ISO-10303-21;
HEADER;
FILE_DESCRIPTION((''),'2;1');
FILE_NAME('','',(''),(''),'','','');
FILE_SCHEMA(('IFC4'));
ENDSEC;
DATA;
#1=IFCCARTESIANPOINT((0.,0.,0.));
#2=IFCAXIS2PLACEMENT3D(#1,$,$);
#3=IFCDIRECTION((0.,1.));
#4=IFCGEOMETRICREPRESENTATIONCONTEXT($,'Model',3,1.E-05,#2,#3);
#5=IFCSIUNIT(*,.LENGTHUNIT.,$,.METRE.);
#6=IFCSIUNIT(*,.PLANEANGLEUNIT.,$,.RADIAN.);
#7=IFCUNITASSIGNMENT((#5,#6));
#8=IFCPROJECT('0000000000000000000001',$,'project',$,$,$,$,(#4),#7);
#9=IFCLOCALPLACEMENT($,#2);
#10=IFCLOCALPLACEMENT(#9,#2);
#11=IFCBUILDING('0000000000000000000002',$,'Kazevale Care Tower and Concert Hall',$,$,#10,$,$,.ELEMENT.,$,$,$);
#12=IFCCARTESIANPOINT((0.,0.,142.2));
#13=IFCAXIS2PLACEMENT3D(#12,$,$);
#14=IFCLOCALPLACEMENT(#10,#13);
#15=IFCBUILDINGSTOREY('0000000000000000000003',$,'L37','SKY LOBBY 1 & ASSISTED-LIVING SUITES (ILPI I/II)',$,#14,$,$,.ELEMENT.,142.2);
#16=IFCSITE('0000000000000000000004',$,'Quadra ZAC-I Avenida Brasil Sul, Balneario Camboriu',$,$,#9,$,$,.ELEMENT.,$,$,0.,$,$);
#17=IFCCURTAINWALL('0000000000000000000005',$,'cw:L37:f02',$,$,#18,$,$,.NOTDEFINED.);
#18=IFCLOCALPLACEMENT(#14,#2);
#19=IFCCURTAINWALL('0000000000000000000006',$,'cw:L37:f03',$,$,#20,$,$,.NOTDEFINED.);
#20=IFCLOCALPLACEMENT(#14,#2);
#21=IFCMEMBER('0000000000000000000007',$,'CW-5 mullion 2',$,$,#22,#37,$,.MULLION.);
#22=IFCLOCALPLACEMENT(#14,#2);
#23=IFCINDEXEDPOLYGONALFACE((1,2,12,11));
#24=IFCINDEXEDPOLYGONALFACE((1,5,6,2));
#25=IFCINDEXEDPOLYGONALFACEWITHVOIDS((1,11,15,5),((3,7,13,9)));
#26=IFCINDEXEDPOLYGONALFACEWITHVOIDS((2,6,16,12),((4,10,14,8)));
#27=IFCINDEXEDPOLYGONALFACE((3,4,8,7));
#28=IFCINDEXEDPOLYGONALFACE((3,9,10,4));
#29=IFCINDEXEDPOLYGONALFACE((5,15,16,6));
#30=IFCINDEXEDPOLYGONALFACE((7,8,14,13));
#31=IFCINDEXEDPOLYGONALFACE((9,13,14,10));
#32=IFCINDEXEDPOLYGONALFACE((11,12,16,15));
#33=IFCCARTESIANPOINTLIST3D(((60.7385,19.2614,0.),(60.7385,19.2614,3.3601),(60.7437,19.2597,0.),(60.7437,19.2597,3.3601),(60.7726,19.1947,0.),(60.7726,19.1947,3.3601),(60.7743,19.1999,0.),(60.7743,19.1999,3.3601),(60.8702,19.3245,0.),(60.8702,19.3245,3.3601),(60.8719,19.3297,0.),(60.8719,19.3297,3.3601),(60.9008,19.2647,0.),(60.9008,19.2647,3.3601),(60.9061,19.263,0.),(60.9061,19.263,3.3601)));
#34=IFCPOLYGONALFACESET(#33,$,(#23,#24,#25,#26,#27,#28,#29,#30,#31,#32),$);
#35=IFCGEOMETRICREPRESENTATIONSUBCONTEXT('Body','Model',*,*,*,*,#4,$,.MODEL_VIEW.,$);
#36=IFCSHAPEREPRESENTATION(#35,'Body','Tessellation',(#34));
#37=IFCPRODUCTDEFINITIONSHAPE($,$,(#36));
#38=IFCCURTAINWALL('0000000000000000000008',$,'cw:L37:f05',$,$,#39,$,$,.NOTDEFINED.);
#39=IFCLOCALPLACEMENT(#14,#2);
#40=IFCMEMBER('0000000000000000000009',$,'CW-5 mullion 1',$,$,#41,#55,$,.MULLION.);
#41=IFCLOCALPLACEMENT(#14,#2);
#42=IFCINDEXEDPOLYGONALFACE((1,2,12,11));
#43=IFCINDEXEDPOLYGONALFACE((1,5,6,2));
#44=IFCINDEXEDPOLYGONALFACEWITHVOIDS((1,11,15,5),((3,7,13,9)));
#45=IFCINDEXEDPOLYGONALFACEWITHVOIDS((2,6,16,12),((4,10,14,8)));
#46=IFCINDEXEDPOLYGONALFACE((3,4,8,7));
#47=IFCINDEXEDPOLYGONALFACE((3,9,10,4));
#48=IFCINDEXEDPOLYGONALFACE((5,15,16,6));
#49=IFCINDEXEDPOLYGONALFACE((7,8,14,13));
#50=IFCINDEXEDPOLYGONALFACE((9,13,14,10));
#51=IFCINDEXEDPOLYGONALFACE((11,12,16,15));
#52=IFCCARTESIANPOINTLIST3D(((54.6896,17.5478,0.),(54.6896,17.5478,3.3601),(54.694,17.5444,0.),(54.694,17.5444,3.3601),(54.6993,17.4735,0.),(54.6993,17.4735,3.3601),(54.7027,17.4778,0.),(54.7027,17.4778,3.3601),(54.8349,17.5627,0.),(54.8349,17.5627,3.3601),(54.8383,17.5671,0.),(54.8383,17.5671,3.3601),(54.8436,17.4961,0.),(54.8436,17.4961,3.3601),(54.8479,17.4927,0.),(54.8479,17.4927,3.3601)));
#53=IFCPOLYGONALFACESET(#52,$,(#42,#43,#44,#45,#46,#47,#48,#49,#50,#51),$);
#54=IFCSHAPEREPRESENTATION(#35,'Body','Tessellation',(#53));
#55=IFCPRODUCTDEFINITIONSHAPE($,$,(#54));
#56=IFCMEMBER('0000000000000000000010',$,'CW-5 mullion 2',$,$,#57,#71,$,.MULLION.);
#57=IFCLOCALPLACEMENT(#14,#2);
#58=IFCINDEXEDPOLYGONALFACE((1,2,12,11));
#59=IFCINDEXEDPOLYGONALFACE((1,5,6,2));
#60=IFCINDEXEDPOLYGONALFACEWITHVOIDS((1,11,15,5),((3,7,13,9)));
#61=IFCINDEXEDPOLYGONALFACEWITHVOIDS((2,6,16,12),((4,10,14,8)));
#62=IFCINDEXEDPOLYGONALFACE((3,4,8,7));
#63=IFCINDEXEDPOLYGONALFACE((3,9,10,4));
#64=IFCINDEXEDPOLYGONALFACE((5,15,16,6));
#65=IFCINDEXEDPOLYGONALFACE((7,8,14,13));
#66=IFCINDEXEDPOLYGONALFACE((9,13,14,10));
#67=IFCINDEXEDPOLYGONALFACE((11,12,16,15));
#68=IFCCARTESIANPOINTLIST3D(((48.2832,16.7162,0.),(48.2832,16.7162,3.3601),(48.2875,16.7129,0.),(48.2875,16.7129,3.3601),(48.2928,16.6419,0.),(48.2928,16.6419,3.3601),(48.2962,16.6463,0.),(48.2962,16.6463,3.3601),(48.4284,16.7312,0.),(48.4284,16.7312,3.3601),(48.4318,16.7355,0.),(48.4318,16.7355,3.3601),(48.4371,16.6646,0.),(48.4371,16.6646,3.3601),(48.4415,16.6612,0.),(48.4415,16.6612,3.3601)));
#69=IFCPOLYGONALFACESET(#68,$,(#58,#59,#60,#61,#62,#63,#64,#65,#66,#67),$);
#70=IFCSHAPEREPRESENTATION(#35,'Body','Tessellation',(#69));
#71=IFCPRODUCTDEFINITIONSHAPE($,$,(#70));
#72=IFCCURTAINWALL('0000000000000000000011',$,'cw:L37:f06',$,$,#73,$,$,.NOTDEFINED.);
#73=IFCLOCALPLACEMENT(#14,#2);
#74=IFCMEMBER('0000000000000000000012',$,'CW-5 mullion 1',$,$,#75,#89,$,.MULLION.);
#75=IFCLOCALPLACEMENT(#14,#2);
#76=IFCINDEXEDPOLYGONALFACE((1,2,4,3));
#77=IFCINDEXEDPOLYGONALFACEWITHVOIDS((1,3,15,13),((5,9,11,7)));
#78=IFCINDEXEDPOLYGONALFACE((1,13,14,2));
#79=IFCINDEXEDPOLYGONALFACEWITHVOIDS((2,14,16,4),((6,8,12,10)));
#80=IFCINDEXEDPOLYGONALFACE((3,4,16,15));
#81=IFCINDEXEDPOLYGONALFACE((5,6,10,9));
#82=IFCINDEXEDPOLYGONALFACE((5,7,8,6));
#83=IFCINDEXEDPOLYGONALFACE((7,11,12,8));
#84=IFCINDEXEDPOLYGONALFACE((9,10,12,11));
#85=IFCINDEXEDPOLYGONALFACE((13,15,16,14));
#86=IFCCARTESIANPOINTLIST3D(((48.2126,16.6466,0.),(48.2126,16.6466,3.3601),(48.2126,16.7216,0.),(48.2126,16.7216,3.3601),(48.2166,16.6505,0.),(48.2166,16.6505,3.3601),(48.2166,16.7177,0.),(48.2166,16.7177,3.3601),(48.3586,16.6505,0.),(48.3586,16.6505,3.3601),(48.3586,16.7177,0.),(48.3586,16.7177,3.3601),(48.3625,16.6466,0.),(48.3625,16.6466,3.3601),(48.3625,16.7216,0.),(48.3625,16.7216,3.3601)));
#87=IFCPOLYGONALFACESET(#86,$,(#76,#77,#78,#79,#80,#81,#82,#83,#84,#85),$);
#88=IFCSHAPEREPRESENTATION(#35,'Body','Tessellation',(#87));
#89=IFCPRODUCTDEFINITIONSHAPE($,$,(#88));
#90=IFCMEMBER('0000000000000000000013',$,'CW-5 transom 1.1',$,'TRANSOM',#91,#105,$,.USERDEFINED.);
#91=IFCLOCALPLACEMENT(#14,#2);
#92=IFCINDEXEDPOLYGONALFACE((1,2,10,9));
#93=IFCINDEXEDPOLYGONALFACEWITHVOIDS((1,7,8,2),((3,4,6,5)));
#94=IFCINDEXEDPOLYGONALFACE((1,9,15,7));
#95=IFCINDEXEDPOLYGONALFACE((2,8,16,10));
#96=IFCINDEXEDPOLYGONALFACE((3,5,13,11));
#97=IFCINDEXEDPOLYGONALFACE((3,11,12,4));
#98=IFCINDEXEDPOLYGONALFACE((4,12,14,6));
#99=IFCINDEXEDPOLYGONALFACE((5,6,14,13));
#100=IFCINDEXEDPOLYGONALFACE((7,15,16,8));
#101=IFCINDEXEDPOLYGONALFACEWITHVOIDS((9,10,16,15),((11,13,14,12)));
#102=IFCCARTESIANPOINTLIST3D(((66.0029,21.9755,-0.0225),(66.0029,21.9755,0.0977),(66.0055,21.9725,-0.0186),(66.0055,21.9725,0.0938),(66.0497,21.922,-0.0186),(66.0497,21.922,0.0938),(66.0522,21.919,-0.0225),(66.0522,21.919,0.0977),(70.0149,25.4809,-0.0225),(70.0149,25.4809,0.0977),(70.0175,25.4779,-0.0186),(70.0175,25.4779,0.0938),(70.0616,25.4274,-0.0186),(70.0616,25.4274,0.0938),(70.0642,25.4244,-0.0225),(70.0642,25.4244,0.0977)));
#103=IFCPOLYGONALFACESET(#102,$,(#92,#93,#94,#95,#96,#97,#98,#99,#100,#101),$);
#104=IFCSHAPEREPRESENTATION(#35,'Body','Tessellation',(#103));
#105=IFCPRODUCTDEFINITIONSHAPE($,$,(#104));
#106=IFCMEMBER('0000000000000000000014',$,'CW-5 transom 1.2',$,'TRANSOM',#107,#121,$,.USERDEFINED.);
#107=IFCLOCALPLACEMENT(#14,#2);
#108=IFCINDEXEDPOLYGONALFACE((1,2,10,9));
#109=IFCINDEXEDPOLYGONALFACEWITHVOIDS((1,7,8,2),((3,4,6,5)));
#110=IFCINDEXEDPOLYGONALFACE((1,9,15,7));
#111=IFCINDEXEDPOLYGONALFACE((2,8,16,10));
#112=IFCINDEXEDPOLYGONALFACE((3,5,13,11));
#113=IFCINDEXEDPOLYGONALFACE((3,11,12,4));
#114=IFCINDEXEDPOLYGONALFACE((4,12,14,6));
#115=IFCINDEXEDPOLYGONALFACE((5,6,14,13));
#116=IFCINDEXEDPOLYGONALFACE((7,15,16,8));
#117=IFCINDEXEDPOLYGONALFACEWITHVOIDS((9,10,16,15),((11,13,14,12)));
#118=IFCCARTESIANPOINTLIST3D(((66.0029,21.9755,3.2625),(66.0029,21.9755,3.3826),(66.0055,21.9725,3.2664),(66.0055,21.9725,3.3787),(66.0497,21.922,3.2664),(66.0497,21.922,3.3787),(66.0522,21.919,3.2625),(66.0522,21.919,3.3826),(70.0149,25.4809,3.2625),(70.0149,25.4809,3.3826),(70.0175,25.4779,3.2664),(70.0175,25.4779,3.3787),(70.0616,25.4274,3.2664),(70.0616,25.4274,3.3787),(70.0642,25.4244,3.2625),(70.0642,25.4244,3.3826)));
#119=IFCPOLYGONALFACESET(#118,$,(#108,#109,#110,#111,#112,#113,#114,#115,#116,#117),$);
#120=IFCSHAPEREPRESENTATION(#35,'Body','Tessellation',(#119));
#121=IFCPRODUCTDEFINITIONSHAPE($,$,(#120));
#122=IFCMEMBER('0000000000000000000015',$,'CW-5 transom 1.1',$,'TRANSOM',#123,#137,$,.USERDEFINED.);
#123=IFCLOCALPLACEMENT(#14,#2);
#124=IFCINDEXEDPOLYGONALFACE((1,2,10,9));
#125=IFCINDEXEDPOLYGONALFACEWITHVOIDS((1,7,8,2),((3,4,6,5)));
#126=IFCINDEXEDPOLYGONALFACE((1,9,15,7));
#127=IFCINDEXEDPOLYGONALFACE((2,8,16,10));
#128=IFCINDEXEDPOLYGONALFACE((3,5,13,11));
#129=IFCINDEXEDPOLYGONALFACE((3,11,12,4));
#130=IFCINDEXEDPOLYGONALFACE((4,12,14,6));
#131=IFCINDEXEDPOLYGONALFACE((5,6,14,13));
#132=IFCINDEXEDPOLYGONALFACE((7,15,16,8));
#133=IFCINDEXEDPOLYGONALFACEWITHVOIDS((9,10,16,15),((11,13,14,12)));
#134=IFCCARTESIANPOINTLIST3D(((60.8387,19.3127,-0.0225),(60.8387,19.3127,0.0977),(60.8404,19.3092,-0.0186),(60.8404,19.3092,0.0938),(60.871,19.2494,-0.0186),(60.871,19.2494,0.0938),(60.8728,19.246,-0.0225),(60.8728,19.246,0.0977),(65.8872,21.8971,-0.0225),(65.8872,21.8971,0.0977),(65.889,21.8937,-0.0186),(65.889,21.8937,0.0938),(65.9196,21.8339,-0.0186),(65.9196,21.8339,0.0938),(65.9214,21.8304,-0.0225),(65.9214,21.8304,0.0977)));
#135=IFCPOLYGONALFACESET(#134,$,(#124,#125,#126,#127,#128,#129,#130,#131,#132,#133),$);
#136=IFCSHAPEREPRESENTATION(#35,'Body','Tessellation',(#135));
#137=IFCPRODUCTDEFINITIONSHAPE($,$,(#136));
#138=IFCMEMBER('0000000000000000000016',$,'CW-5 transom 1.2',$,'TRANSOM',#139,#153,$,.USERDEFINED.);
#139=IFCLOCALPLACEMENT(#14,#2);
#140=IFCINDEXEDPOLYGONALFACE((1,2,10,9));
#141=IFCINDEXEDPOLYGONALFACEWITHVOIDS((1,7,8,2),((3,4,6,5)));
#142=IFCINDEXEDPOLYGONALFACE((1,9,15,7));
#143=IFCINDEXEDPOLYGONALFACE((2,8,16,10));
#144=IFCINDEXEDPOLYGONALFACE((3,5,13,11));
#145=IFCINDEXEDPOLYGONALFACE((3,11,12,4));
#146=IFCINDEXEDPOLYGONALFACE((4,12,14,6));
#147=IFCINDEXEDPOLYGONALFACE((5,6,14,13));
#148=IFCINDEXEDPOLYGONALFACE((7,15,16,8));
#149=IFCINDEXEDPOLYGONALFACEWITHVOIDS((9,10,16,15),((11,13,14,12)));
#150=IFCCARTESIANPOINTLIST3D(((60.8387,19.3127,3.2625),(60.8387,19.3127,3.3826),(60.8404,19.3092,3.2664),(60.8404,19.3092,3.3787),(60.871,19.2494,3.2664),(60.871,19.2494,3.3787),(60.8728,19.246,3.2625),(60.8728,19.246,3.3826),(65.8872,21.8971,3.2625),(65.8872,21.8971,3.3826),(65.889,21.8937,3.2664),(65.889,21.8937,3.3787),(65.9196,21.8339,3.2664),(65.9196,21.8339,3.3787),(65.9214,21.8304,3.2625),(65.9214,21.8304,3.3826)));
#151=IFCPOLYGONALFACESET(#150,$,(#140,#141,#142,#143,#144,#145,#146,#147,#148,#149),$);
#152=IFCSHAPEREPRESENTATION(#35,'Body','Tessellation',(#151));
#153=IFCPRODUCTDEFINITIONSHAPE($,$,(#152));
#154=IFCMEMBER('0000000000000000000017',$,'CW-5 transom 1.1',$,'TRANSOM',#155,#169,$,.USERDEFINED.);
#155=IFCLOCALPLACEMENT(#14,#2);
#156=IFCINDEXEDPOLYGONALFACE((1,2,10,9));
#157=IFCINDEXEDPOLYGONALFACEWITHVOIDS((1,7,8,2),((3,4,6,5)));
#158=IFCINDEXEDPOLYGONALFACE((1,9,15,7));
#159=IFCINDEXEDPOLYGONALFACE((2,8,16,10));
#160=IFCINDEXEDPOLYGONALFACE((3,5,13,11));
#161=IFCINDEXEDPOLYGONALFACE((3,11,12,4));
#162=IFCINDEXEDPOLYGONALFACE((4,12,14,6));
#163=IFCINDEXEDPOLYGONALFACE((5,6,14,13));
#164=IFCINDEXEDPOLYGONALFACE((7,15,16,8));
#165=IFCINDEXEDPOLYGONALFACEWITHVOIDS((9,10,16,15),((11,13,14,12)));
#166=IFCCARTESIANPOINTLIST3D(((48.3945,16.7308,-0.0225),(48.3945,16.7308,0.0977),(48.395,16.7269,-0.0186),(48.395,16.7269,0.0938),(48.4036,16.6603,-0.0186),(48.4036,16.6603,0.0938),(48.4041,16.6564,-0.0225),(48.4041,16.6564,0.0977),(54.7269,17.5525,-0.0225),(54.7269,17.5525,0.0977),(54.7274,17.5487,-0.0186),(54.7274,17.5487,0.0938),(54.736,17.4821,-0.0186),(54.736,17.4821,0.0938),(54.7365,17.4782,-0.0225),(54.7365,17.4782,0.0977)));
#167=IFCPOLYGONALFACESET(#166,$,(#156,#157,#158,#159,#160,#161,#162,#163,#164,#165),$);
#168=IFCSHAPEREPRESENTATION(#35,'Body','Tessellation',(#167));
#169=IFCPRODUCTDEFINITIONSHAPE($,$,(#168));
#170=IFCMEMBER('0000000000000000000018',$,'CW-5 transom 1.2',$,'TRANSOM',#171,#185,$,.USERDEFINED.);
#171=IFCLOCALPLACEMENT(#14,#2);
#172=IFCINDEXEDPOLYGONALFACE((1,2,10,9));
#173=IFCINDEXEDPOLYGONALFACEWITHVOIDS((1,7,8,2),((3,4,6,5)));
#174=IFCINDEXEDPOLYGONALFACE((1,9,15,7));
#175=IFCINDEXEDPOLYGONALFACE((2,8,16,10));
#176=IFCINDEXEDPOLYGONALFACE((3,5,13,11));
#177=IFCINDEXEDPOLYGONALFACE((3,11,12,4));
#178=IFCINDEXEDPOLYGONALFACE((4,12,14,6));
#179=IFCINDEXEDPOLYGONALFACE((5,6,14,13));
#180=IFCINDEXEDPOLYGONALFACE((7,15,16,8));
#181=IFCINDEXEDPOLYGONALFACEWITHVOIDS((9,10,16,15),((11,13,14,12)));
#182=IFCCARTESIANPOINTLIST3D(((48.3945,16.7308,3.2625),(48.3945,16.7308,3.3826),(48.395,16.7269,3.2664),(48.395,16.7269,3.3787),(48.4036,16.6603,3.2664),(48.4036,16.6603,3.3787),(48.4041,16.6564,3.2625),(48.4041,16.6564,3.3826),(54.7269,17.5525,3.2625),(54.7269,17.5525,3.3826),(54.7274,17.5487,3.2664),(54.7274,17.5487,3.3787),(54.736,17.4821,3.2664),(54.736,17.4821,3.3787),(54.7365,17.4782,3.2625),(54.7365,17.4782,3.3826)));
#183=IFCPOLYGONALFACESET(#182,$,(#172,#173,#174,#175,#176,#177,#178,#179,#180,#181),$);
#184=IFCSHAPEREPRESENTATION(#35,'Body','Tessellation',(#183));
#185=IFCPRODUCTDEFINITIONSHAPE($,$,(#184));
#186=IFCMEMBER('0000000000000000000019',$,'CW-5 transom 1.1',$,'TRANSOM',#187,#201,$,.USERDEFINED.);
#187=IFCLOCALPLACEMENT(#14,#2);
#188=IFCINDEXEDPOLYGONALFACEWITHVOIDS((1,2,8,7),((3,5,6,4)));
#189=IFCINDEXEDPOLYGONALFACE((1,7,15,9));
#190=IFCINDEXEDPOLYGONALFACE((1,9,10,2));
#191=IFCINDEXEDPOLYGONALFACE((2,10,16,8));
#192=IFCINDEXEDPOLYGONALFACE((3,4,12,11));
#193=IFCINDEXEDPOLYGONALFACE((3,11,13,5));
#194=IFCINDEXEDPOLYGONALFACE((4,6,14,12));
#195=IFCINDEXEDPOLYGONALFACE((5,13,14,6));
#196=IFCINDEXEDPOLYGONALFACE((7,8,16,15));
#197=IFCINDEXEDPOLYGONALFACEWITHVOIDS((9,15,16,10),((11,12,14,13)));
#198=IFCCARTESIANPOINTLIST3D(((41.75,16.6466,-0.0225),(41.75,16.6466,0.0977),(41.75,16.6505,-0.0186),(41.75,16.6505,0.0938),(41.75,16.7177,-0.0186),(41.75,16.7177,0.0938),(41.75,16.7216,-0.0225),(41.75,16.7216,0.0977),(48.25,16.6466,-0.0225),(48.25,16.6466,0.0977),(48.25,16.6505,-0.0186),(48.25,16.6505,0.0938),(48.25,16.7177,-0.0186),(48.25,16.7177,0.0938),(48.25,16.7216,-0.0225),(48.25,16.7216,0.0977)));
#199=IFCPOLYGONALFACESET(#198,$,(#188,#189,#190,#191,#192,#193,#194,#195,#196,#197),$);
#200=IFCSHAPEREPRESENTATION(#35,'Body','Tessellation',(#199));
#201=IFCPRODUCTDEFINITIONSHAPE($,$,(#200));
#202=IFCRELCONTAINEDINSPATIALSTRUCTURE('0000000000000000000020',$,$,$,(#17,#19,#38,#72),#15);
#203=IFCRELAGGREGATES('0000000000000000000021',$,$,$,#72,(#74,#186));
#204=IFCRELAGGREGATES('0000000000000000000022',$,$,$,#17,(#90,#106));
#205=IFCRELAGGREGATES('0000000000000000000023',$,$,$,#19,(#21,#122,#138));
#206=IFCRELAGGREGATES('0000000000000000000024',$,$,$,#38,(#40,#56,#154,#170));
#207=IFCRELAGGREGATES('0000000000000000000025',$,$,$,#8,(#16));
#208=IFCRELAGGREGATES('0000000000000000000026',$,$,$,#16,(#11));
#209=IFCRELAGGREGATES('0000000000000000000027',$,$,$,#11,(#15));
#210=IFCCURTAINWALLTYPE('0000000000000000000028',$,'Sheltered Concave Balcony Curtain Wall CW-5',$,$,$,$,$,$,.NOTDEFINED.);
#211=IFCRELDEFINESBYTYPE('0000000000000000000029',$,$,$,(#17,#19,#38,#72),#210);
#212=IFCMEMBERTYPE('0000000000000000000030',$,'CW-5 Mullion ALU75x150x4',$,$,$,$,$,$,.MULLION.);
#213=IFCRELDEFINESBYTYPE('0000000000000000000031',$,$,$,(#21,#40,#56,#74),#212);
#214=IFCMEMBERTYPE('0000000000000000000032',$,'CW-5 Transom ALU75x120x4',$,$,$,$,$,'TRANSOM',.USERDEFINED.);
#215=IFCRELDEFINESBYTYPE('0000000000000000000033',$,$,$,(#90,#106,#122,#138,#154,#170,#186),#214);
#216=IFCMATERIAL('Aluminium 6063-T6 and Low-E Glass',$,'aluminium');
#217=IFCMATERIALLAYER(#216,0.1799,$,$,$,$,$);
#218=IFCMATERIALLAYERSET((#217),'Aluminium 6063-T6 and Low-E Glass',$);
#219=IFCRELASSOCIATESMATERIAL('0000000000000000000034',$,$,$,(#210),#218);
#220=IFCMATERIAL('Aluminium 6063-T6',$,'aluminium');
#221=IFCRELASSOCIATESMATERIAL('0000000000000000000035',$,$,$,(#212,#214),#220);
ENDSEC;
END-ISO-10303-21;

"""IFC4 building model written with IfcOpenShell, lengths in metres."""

from ifc_helpers import new_model, si_unit, direction, frame, origin, origin_2d, place, context, subcontext, project, spatial, hollow_rectangle, extrude, material, layer, layer_set, material_profile, profile_set, type_object, element, aggregate, save


model = new_model("IFC4")

# Units and contexts
model_context = context("Model", 3, precision=1e-05, world=origin(), true_north=direction((0.0, 1.0)))
body_context = subcontext(model_context, "Body", "Model", "MODEL_VIEW")
ifc_project = project(units=[si_unit("LENGTHUNIT", "METRE"), si_unit("PLANEANGLEUNIT", "RADIAN")], contexts=[model_context])

# Site, building, storey
site_placement = place(None, origin())
site = spatial("IfcSite", under=ifc_project, at=site_placement, Name="Quadra ZAC-I Avenida Brasil Sul, Balneario Camboriu", CompositionType="ELEMENT", RefElevation=0.0)
building_placement = place(site_placement, origin())
building = spatial("IfcBuilding", under=site, at=building_placement, Name="Kazevale Care Tower and Concert Hall", CompositionType="ELEMENT")
storey_placement = place(building_placement, frame((0.0, 0.0, 142.2)))
storey = spatial("IfcBuildingStorey", under=building, at=storey_placement, Name="L37", Description="SKY LOBBY 1 & ASSISTED-LIVING SUITES (ILPI I/II)", CompositionType="ELEMENT", Elevation=142.2)

# Curtain walls, members
ifc_material_1 = material(Name="Aluminium 6063-T6 and Low-E Glass", Category="aluminium")
ifc_layer_1 = layer(ifc_material_1, 0.1799)
ifc_layer_set_1 = layer_set([ifc_layer_1], Name="Aluminium 6063-T6 and Low-E Glass")
curtain_wall_type = type_object("IfcCurtainWallType", Name="Sheltered Concave Balcony Curtain Wall CW-5", PredefinedType="NOTDEFINED", material=ifc_layer_set_1)
curtain_wall_1_placement = place(storey_placement, origin())
curtain_wall_1 = element("IfcCurtainWall", 1, at=curtain_wall_1_placement, inside=storey, type_object=curtain_wall_type, Name="cw:L37:f02", PredefinedType="NOTDEFINED")
ifc_material_2 = material(Name="Aluminium 6063-T6", Category="aluminium")
ifc_material_profile_1 = material_profile(ifc_material_2, hollow_rectangle(XDim=0.075, YDim=0.1499, WallThickness=0.0039, at=origin_2d()), Name="ALU75x150x4")
ifc_profile_set_1 = profile_set([ifc_material_profile_1], Name="Aluminium 6063-T6")
member_type_1 = type_object("IfcMemberType", Name="CW-5 Mullion ALU75x150x4", PredefinedType="MULLION", material=ifc_profile_set_1)
curtain_wall_2_placement = place(storey_placement, origin())
curtain_wall_2 = element("IfcCurtainWall", 2, at=curtain_wall_2_placement, inside=storey, type_object=curtain_wall_type, Name="cw:L37:f03", PredefinedType="NOTDEFINED")
member_1_placement = place(storey_placement, frame((60.8223, 19.2622, 0.0), z_axis=(0.0, 0.0, 1.0), x_axis=(0.455713, -0.890127, 0.0)))
member_1 = element("IfcMember", 3, at=member_1_placement, type_object=member_type_1, Name="CW-5 mullion 2", PredefinedType="MULLION", context=body_context, shape_type="SweptSolid", body=[
    extrude(hollow_rectangle(XDim=0.075, YDim=0.1499, WallThickness=0.0039, at=origin_2d()), origin(), (0.0, 0.0, 1.0), 3.3601),
])
curtain_wall_3_placement = place(storey_placement, origin())
curtain_wall_3 = element("IfcCurtainWall", 4, at=curtain_wall_3_placement, inside=storey, type_object=curtain_wall_type, Name="cw:L37:f05", PredefinedType="NOTDEFINED")
member_2_placement = place(storey_placement, frame((54.7688, 17.5203, 0.0), z_axis=(0.0, 0.0, 1.0), x_axis=(0.128685, -0.991686, 0.0)))
member_2 = element("IfcMember", 5, at=member_2_placement, type_object=member_type_1, Name="CW-5 mullion 1", PredefinedType="MULLION", context=body_context, shape_type="SweptSolid", body=[
    extrude(hollow_rectangle(XDim=0.075, YDim=0.1499, WallThickness=0.0039, at=origin_2d()), origin(), (0.0, 0.0, 1.0), 3.3601),
])
member_3_placement = place(storey_placement, frame((48.3623, 16.6887, 0.0), z_axis=(0.0, 0.0, 1.0), x_axis=(0.128685, -0.991686, 0.0)))
member_3 = element("IfcMember", 6, at=member_3_placement, type_object=member_type_1, Name="CW-5 mullion 2", PredefinedType="MULLION", context=body_context, shape_type="SweptSolid", body=[
    extrude(hollow_rectangle(XDim=0.075, YDim=0.1499, WallThickness=0.0039, at=origin_2d()), origin(), (0.0, 0.0, 1.0), 3.3601),
])

# Curtain wall, member
curtain_wall_4_placement = place(storey_placement, origin())
curtain_wall_4 = element("IfcCurtainWall", 7, at=curtain_wall_4_placement, inside=storey, type_object=curtain_wall_type, Name="cw:L37:f06", PredefinedType="NOTDEFINED")
member_4_placement = place(storey_placement, frame((48.2876, 16.6841, 0.0), z_axis=(0.0, 0.0, 1.0), x_axis=(0.0, -1.0, 0.0)))
member_4 = element("IfcMember", 8, at=member_4_placement, type_object=member_type_1, Name="CW-5 mullion 1", PredefinedType="MULLION", context=body_context, shape_type="SweptSolid", body=[
    extrude(hollow_rectangle(XDim=0.075, YDim=0.1499, WallThickness=0.0039, at=origin_2d()), origin(), (0.0, 0.0, 1.0), 3.3601),
])

# Members
ifc_material_profile_2 = material_profile(ifc_material_2, hollow_rectangle(XDim=0.075, YDim=0.1201, WallThickness=0.0039, at=origin_2d()), Name="ALU75x120x4")
ifc_profile_set_2 = profile_set([ifc_material_profile_2], Name="Aluminium 6063-T6")
member_type_2 = type_object("IfcMemberType", Name="CW-5 Transom ALU75x120x4", ElementType="TRANSOM", PredefinedType="USERDEFINED", material=ifc_profile_set_2)
member_5_placement = place(storey_placement, frame((70.0396, 25.4526, 0.0376), z_axis=(-0.753051, -0.657963, 0.0), x_axis=(0.657963, -0.753051, 0.0)))
member_5 = element("IfcMember", 9, at=member_5_placement, type_object=member_type_2, Name="CW-5 transom 1.1", ObjectType="TRANSOM", PredefinedType="USERDEFINED", context=body_context, shape_type="SweptSolid", body=[
    extrude(hollow_rectangle(XDim=0.075, YDim=0.1201, WallThickness=0.0039, at=origin_2d()), origin(), (0.0, 0.0, 1.0), 5.3276),
])
member_6_placement = place(storey_placement, frame((70.0396, 25.4526, 3.3225), z_axis=(-0.753051, -0.657963, 0.0), x_axis=(0.657963, -0.753051, 0.0)))
member_6 = element("IfcMember", 10, at=member_6_placement, type_object=member_type_2, Name="CW-5 transom 1.2", ObjectType="TRANSOM", PredefinedType="USERDEFINED", context=body_context, shape_type="SweptSolid", body=[
    extrude(hollow_rectangle(XDim=0.075, YDim=0.1201, WallThickness=0.0039, at=origin_2d()), origin(), (0.0, 0.0, 1.0), 5.3276),
])
member_7_placement = place(storey_placement, frame((65.9043, 21.8638, 0.0376), z_axis=(-0.890143, -0.455682, 0.0), x_axis=(0.455682, -0.890143, 0.0)))
member_7 = element("IfcMember", 11, at=member_7_placement, type_object=member_type_2, Name="CW-5 transom 1.1", ObjectType="TRANSOM", PredefinedType="USERDEFINED", context=body_context, shape_type="SweptSolid", body=[
    extrude(hollow_rectangle(XDim=0.075, YDim=0.1201, WallThickness=0.0039, at=origin_2d()), origin(), (0.0, 0.0, 1.0), 5.6716),
])
member_8_placement = place(storey_placement, frame((65.9043, 21.8638, 3.3225), z_axis=(-0.890143, -0.455682, 0.0), x_axis=(0.455682, -0.890143, 0.0)))
member_8 = element("IfcMember", 12, at=member_8_placement, type_object=member_type_2, Name="CW-5 transom 1.2", ObjectType="TRANSOM", PredefinedType="USERDEFINED", context=body_context, shape_type="SweptSolid", body=[
    extrude(hollow_rectangle(XDim=0.075, YDim=0.1201, WallThickness=0.0039, at=origin_2d()), origin(), (0.0, 0.0, 1.0), 5.6716),
])
member_9_placement = place(storey_placement, frame((54.7317, 17.5154, 0.0376), z_axis=(-0.991684, -0.128697, 0.0), x_axis=(0.128697, -0.991684, 0.0)))
member_9 = element("IfcMember", 13, at=member_9_placement, type_object=member_type_2, Name="CW-5 transom 1.1", ObjectType="TRANSOM", PredefinedType="USERDEFINED", context=body_context, shape_type="SweptSolid", body=[
    extrude(hollow_rectangle(XDim=0.075, YDim=0.1201, WallThickness=0.0039, at=origin_2d()), origin(), (0.0, 0.0, 1.0), 6.3855),
])
member_10_placement = place(storey_placement, frame((54.7317, 17.5154, 3.3225), z_axis=(-0.991684, -0.128697, 0.0), x_axis=(0.128697, -0.991684, 0.0)))
member_10 = element("IfcMember", 14, at=member_10_placement, type_object=member_type_2, Name="CW-5 transom 1.2", ObjectType="TRANSOM", PredefinedType="USERDEFINED", context=body_context, shape_type="SweptSolid", body=[
    extrude(hollow_rectangle(XDim=0.075, YDim=0.1201, WallThickness=0.0039, at=origin_2d()), origin(), (0.0, 0.0, 1.0), 6.3855),
])
member_11_placement = place(storey_placement, frame((48.25, 16.6841, 0.0376), z_axis=(-1.0, 0.0, 0.0), x_axis=(0.0, -1.0, 0.0)))
member_11 = element("IfcMember", 15, at=member_11_placement, type_object=member_type_2, Name="CW-5 transom 1.1", ObjectType="TRANSOM", PredefinedType="USERDEFINED", context=body_context, shape_type="SweptSolid", body=[
    extrude(hollow_rectangle(XDim=0.075, YDim=0.1201, WallThickness=0.0039, at=origin_2d()), origin(), (0.0, 0.0, 1.0), 6.5),
])
aggregate(curtain_wall_4, [member_4, member_11])

aggregate(curtain_wall_1, [member_5, member_6])
aggregate(curtain_wall_2, [member_1, member_7, member_8])
aggregate(curtain_wall_3, [member_2, member_3, member_9, member_10])

save(model, "model.ifc")
